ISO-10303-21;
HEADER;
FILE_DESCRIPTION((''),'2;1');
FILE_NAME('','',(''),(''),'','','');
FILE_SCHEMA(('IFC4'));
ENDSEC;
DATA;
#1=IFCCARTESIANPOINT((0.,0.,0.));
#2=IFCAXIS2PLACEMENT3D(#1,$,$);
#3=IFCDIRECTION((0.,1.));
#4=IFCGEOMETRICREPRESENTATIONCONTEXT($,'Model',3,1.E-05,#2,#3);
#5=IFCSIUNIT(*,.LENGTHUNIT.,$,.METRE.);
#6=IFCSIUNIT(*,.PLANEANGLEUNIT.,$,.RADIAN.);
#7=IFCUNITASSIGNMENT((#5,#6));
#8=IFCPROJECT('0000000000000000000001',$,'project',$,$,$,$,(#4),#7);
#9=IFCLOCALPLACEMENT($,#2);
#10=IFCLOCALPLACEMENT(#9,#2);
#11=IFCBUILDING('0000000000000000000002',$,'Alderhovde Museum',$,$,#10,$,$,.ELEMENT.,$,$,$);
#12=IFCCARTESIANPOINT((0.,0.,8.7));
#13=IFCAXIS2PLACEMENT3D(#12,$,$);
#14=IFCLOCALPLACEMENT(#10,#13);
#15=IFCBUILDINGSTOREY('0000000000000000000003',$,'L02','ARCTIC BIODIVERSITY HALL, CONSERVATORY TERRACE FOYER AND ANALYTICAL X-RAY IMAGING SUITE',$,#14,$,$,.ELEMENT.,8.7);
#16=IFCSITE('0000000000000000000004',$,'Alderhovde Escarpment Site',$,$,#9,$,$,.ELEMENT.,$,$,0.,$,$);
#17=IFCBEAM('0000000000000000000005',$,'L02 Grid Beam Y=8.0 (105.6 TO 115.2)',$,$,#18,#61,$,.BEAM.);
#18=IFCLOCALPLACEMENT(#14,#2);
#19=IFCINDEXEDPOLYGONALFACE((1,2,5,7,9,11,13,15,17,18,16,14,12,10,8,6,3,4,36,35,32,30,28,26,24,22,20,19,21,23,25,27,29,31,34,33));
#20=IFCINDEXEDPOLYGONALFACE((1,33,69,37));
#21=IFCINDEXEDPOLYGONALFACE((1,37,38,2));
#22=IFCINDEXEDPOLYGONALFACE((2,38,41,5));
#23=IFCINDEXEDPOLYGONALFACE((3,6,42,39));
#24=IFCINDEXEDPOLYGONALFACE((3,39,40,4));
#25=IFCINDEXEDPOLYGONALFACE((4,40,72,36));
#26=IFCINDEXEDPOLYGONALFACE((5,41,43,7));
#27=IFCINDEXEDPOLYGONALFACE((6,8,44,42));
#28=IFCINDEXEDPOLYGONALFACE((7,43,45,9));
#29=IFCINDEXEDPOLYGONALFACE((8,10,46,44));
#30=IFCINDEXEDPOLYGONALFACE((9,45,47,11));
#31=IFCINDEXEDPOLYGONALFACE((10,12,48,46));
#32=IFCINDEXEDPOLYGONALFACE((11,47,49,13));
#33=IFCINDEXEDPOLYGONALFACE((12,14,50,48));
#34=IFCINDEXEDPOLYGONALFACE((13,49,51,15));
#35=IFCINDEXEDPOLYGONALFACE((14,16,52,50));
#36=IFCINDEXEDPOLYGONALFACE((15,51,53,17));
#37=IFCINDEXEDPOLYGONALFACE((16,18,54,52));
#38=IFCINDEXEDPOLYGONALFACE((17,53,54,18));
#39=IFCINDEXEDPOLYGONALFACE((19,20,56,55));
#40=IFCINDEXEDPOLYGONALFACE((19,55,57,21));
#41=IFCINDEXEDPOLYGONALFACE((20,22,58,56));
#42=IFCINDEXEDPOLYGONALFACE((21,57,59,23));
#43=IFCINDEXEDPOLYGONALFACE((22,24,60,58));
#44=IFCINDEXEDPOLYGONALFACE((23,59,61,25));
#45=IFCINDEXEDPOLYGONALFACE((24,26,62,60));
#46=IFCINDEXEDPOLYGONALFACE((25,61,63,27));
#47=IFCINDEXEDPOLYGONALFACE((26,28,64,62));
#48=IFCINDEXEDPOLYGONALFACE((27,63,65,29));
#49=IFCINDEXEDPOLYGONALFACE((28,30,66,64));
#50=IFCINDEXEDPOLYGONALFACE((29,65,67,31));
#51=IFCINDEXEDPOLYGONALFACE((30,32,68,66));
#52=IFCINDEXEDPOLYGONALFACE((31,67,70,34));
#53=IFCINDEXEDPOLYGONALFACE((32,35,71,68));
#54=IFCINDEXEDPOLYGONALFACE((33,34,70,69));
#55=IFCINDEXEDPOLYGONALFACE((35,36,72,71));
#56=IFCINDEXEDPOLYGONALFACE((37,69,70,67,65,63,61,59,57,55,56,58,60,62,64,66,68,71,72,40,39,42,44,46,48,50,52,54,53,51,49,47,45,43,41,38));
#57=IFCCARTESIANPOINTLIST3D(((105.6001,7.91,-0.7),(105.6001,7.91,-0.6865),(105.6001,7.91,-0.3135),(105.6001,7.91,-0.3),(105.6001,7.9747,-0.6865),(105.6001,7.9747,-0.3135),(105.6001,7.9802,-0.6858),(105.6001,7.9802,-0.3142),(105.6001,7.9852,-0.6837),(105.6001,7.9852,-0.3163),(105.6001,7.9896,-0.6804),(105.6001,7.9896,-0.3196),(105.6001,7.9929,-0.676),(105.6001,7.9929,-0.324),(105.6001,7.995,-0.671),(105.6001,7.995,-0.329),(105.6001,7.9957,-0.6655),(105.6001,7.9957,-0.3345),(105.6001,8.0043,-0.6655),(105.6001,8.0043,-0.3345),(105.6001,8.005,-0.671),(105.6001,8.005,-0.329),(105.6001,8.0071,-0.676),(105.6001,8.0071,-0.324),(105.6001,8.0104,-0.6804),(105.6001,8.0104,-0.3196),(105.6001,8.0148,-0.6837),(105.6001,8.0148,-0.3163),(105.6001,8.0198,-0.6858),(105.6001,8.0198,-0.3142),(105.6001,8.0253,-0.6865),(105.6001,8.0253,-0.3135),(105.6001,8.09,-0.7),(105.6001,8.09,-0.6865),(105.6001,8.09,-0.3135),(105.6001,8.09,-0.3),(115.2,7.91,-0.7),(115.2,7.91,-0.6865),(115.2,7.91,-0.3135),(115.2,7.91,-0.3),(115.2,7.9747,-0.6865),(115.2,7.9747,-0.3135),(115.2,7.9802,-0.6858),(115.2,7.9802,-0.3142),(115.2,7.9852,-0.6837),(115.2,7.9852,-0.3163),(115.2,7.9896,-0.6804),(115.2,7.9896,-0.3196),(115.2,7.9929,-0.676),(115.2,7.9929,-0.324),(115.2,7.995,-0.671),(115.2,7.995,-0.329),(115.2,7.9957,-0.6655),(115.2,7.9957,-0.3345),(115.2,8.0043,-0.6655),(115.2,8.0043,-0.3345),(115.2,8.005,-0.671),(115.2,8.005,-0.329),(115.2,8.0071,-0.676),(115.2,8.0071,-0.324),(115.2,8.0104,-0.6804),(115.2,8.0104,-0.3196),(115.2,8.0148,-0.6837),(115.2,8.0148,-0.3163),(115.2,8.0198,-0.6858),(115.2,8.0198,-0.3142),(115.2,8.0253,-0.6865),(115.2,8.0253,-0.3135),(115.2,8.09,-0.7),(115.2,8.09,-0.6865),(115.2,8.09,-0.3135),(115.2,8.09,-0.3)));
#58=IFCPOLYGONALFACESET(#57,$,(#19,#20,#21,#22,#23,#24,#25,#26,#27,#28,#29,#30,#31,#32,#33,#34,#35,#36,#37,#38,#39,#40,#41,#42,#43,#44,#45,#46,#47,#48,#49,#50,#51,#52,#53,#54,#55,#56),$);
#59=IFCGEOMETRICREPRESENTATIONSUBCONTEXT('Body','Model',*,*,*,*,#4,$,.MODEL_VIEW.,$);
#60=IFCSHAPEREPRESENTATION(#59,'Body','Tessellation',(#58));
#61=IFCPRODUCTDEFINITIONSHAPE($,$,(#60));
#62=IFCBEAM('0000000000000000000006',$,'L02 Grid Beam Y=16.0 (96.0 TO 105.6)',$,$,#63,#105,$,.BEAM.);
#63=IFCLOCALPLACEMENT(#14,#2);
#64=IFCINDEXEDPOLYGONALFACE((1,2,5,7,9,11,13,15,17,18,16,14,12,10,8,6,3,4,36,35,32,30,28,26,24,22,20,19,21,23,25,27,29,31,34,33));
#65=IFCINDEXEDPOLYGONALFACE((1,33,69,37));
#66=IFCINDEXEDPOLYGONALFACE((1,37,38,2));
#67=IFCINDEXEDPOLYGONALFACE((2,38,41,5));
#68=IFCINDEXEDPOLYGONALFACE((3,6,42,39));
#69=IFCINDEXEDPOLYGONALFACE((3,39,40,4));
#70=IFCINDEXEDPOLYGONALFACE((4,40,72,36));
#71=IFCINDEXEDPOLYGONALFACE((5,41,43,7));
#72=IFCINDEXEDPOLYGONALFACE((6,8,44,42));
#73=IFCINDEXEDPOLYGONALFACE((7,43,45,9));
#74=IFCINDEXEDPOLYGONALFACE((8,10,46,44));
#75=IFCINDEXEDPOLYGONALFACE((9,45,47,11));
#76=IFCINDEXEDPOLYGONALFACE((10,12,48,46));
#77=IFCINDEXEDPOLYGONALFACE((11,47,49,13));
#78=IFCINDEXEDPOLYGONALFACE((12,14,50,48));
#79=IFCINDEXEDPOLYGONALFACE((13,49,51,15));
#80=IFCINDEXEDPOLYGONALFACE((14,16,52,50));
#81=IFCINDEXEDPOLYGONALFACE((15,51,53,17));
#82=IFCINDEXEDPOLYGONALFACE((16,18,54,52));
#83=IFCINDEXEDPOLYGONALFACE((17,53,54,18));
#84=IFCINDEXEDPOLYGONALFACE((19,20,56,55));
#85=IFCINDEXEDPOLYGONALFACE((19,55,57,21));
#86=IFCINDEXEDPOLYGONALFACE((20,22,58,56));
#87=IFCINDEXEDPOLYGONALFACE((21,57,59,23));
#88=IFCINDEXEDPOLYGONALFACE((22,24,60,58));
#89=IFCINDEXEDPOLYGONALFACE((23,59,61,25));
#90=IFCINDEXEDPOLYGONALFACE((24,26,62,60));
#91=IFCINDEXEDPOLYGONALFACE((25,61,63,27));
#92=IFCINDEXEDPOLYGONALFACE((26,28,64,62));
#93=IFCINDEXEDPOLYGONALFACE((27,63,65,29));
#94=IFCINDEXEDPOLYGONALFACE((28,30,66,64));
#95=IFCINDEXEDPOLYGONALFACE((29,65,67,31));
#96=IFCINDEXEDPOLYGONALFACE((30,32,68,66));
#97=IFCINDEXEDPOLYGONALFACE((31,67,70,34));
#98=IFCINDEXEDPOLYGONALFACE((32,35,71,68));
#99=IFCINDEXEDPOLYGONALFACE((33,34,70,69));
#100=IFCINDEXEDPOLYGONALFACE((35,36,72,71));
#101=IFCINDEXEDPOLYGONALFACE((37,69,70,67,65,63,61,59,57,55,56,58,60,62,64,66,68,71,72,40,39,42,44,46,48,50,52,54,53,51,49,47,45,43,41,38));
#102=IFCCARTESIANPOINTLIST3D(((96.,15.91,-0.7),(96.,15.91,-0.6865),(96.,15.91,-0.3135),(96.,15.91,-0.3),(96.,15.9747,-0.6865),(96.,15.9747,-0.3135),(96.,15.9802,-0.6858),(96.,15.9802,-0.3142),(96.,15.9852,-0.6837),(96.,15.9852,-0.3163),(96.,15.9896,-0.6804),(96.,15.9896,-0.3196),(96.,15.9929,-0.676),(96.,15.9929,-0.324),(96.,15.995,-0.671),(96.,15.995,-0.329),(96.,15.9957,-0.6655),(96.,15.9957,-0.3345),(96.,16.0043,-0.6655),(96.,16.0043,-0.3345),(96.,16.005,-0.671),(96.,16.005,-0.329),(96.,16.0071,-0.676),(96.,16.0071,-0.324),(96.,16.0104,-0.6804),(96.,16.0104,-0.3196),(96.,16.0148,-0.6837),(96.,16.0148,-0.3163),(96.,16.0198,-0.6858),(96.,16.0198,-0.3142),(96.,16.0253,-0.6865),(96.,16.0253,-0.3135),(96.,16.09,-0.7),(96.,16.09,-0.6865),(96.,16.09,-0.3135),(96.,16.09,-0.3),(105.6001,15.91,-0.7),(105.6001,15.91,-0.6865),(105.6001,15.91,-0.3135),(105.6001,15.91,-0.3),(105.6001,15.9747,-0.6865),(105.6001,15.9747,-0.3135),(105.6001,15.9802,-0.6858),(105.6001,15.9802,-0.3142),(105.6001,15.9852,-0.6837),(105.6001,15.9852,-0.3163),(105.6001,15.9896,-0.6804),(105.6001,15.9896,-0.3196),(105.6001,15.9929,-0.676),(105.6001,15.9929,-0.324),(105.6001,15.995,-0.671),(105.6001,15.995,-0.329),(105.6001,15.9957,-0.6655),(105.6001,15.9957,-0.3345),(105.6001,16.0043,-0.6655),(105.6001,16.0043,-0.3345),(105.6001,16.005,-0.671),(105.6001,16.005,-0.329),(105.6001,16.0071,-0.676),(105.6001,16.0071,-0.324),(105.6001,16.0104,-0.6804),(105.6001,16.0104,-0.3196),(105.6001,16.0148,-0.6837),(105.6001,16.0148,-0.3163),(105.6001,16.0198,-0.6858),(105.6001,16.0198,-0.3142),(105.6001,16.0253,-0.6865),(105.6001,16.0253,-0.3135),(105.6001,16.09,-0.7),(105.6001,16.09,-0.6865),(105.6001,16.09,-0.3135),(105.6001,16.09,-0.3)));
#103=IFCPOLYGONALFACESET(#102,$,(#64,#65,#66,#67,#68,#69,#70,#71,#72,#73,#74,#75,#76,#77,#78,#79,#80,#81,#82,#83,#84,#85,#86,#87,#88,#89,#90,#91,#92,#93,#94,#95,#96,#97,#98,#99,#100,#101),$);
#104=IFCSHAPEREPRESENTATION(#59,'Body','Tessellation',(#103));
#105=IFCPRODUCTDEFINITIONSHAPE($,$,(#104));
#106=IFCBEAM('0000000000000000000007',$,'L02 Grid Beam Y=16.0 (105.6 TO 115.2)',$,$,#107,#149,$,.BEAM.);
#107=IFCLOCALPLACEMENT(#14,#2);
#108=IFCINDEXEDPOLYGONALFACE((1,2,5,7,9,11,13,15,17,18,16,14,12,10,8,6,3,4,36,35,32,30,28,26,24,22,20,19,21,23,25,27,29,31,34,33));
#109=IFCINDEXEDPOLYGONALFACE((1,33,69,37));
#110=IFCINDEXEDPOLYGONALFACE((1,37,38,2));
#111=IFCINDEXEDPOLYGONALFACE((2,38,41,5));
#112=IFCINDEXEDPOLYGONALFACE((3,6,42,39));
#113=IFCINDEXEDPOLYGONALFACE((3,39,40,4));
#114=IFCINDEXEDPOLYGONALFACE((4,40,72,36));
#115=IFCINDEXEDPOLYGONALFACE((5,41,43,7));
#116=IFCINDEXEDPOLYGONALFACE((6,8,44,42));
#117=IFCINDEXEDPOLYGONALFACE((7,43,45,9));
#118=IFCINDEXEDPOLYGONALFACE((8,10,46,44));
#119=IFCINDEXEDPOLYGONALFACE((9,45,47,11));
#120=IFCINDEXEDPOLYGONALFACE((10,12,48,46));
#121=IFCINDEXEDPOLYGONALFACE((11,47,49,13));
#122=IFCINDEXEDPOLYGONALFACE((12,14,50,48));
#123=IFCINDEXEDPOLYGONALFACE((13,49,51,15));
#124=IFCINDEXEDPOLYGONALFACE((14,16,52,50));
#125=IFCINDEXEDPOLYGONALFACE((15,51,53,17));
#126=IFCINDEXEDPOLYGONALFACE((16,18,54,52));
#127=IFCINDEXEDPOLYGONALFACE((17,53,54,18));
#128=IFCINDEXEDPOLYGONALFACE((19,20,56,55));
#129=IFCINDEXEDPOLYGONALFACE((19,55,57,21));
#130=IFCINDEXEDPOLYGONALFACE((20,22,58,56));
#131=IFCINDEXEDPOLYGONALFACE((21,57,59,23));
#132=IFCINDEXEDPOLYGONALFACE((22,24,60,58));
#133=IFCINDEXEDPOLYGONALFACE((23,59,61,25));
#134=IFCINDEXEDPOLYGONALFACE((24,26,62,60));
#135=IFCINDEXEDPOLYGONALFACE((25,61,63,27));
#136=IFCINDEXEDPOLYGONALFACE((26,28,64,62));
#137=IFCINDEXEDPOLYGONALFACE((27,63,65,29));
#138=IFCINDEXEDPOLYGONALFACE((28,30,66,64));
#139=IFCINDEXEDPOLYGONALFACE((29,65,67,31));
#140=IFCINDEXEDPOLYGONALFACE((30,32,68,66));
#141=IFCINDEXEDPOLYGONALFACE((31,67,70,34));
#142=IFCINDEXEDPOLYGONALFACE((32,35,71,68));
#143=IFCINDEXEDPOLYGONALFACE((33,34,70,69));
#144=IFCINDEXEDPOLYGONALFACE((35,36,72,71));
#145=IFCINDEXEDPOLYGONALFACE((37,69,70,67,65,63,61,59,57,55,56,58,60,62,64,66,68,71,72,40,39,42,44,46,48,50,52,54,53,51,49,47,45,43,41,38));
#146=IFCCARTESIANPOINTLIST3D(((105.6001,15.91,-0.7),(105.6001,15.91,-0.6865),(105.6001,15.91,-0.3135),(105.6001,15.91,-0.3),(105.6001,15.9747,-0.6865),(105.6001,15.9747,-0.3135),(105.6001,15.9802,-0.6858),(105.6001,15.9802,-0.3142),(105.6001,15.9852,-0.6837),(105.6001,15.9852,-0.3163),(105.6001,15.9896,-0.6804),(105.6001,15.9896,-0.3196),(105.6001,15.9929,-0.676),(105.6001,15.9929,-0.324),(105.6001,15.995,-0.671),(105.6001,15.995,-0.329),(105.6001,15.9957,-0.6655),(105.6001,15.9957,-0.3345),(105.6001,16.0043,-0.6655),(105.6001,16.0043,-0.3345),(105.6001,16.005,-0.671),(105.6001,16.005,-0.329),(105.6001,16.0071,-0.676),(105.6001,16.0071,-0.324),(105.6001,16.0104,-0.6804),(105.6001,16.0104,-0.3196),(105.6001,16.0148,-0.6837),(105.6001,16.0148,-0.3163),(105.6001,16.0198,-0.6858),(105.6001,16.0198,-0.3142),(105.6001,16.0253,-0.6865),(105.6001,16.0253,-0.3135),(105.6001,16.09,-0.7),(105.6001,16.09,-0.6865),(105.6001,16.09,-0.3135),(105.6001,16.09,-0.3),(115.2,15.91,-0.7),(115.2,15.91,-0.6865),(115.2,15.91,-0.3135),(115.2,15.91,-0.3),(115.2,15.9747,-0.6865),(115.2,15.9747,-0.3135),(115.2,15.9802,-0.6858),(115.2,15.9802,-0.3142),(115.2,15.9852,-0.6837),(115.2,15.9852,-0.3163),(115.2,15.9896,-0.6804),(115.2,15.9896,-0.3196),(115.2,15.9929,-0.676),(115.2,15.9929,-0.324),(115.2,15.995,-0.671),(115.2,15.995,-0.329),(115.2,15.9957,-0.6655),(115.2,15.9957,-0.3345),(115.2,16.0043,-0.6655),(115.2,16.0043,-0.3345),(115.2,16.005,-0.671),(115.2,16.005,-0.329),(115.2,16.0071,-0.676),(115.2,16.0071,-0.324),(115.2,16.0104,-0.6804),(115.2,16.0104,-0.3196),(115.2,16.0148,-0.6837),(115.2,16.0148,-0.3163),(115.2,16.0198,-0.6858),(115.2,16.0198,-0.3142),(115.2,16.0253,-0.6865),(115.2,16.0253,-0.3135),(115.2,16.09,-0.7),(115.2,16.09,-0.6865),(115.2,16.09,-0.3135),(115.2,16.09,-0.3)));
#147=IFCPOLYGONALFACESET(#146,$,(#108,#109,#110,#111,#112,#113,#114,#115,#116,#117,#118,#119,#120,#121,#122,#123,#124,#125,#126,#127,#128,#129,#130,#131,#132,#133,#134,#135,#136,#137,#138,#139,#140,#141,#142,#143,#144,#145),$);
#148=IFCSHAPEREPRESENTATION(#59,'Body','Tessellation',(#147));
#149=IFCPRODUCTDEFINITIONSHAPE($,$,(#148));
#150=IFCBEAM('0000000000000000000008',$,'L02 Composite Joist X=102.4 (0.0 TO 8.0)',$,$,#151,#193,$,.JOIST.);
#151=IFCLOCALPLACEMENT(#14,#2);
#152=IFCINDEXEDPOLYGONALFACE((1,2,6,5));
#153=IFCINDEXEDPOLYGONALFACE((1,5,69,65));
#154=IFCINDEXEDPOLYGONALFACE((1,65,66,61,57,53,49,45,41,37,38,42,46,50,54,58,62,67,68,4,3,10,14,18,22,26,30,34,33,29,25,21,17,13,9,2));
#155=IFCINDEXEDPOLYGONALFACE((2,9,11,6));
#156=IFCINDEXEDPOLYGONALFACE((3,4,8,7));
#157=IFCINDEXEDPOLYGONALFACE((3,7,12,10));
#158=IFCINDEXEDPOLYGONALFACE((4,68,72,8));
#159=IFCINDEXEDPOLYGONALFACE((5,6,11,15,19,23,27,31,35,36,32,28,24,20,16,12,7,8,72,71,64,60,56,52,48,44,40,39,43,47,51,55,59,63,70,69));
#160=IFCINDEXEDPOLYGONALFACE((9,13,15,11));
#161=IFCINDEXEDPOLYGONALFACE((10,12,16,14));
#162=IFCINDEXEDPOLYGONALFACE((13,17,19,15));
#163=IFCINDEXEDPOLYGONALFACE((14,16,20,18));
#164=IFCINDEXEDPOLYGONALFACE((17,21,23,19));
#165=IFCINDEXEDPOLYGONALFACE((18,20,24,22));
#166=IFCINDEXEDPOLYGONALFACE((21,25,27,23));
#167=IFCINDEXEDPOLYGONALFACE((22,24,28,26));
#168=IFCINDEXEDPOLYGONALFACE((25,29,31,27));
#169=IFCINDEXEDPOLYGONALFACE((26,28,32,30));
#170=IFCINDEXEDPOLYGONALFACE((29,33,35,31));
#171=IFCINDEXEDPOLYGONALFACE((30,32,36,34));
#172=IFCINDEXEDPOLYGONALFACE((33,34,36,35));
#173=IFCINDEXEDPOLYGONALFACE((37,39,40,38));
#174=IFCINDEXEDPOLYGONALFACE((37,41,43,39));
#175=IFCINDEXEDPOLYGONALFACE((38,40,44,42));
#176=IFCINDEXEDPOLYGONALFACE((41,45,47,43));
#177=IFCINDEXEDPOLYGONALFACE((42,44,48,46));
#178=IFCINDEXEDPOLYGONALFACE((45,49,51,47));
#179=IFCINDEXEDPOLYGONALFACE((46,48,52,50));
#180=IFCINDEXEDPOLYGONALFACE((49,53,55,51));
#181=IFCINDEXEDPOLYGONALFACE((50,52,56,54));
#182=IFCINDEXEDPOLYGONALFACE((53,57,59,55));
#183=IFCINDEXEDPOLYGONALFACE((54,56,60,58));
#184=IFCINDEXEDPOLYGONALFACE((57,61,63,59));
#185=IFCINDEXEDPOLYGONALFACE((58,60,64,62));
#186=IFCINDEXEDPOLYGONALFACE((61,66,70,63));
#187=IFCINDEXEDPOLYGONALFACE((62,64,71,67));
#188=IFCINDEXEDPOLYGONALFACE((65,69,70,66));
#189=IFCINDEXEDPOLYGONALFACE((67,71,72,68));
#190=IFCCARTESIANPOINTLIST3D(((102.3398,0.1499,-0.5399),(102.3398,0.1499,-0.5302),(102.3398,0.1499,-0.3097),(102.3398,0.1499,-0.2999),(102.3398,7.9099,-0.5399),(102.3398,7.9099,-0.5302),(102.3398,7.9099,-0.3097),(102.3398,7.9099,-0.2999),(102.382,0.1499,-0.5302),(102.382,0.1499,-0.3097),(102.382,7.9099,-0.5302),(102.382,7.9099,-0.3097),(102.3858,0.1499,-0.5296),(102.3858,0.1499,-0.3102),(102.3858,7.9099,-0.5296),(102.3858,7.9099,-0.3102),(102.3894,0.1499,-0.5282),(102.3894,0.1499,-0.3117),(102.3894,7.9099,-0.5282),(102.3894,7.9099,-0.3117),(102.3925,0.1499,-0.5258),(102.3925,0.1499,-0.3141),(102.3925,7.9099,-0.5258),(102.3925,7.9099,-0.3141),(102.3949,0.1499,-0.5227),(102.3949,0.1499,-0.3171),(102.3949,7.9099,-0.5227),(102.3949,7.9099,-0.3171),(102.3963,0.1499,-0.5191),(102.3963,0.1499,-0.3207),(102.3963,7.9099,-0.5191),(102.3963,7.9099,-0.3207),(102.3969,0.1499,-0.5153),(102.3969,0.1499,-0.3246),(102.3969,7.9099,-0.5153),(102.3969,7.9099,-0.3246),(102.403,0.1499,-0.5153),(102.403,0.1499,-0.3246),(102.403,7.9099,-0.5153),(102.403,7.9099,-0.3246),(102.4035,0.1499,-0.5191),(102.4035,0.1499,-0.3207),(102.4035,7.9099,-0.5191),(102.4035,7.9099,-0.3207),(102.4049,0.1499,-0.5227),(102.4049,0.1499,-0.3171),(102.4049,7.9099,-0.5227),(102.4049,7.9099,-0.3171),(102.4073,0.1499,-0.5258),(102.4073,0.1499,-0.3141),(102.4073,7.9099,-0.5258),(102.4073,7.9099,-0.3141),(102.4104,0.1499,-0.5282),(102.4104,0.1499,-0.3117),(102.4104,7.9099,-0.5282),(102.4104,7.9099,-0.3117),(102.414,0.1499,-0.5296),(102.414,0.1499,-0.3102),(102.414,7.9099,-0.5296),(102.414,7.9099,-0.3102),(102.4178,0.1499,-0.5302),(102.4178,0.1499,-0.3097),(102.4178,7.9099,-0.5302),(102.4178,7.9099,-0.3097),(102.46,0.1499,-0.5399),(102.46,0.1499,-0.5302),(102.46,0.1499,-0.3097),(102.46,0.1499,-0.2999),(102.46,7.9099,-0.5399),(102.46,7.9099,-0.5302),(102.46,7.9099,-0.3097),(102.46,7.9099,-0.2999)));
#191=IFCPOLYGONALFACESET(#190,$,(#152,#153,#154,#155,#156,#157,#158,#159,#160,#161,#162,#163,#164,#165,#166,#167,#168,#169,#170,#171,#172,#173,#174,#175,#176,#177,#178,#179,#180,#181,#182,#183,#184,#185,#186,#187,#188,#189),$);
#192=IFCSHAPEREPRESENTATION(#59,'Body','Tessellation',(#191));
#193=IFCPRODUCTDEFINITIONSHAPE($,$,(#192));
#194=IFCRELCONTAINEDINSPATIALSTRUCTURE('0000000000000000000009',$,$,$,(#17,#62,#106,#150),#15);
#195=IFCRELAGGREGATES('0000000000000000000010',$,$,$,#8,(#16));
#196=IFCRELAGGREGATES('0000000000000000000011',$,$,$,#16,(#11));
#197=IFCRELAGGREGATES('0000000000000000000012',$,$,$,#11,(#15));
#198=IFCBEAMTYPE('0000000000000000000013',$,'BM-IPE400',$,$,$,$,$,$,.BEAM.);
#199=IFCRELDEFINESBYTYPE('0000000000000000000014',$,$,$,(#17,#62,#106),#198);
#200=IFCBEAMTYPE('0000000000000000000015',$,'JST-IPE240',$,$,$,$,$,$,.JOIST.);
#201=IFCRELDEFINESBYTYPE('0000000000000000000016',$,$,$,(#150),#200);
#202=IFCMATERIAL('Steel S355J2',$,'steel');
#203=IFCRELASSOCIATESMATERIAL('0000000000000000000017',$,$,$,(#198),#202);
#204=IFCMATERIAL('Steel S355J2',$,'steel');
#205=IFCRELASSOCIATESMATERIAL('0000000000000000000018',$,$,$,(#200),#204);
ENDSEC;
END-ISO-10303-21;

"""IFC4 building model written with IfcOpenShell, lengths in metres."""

from ifc_helpers import new_model, si_unit, direction, frame, origin, origin_2d, place, context, subcontext, project, spatial, i_section, extrude, material, material_profile, profile_set, type_object, element, save


model = new_model("IFC4")

# Units and contexts
model_context = context("Model", 3, precision=1e-05, world=origin(), true_north=direction((0.0, 1.0)))
body_context = subcontext(model_context, "Body", "Model", "MODEL_VIEW")
ifc_project = project(units=[si_unit("LENGTHUNIT", "METRE"), si_unit("PLANEANGLEUNIT", "RADIAN")], contexts=[model_context])

# Site, building, storey
site_placement = place(None, origin())
site = spatial("IfcSite", under=ifc_project, at=site_placement, Name="Alderhovde Escarpment Site", CompositionType="ELEMENT", RefElevation=0.0)
building_placement = place(site_placement, origin())
building = spatial("IfcBuilding", under=site, at=building_placement, Name="Alderhovde Museum", CompositionType="ELEMENT")
storey_placement = place(building_placement, frame((0.0, 0.0, 8.7)))
storey = spatial("IfcBuildingStorey", under=building, at=storey_placement, Name="L02", Description="ARCTIC BIODIVERSITY HALL, CONSERVATORY TERRACE FOYER AND ANALYTICAL X-RAY IMAGING SUITE", CompositionType="ELEMENT", Elevation=8.7)

# Beams
ifc_material_1 = material(Name="Steel S355J2", Category="steel")
ifc_material_profile_1 = material_profile(ifc_material_1, i_section(OverallWidth=0.1799, OverallDepth=0.3999, WebThickness=0.0085, FlangeThickness=0.0134, FilletRadius=0.021, at=origin_2d()), Name="IPE 400")
ifc_profile_set_1 = profile_set([ifc_material_profile_1], Name="Steel S355J2")
beam_type_1 = type_object("IfcBeamType", Name="BM-IPE400", PredefinedType="BEAM", material=ifc_profile_set_1)
beam_1_placement = place(storey_placement, frame((105.6001, 8.0, -0.5), z_axis=(1.0, 0.0, 0.0), x_axis=(0.0, 1.0, 0.0)))
element("IfcBeam", 1, at=beam_1_placement, inside=storey, type_object=beam_type_1, Name="L02 Grid Beam Y=8.0 (105.6 TO 115.2)", PredefinedType="BEAM", context=body_context, shape_type="SweptSolid", body=[
    extrude(i_section(OverallWidth=0.1799, OverallDepth=0.3999, WebThickness=0.0085, FlangeThickness=0.0134, FilletRadius=0.021, at=origin_2d()), origin(), (0.0, 0.0, 1.0), 9.5999),
])
beam_2_placement = place(storey_placement, frame((96.0, 16.0, -0.5), z_axis=(1.0, 0.0, 0.0), x_axis=(0.0, 1.0, 0.0)))
element("IfcBeam", 2, at=beam_2_placement, inside=storey, type_object=beam_type_1, Name="L02 Grid Beam Y=16.0 (96.0 TO 105.6)", PredefinedType="BEAM", context=body_context, shape_type="SweptSolid", body=[
    extrude(i_section(OverallWidth=0.1799, OverallDepth=0.3999, WebThickness=0.0085, FlangeThickness=0.0134, FilletRadius=0.021, at=origin_2d()), origin(), (0.0, 0.0, 1.0), 9.6001),
])
beam_3_placement = place(storey_placement, frame((105.6001, 16.0, -0.5), z_axis=(1.0, 0.0, 0.0), x_axis=(0.0, 1.0, 0.0)))
element("IfcBeam", 3, at=beam_3_placement, inside=storey, type_object=beam_type_1, Name="L02 Grid Beam Y=16.0 (105.6 TO 115.2)", PredefinedType="BEAM", context=body_context, shape_type="SweptSolid", body=[
    extrude(i_section(OverallWidth=0.1799, OverallDepth=0.3999, WebThickness=0.0085, FlangeThickness=0.0134, FilletRadius=0.021, at=origin_2d()), origin(), (0.0, 0.0, 1.0), 9.5999),
])
ifc_material_2 = material(Name="Steel S355J2", Category="steel")
ifc_material_profile_2 = material_profile(ifc_material_2, i_section(OverallWidth=0.1201, OverallDepth=0.24, WebThickness=0.0061, FlangeThickness=0.0098, FilletRadius=0.0149, at=origin_2d()), Name="IPE 240")
ifc_profile_set_2 = profile_set([ifc_material_profile_2], Name="Steel S355J2")
beam_type_2 = type_object("IfcBeamType", Name="JST-IPE240", PredefinedType="JOIST", material=ifc_profile_set_2)
beam_4_placement = place(storey_placement, frame((102.3999, 0.1499, -0.4199), z_axis=(0.0, 1.0, 0.0), x_axis=(-1.0, 0.0, 0.0)))
element("IfcBeam", 4, at=beam_4_placement, inside=storey, type_object=beam_type_2, Name="L02 Composite Joist X=102.4 (0.0 TO 8.0)", PredefinedType="JOIST", context=body_context, shape_type="SweptSolid", body=[
    extrude(i_section(OverallWidth=0.1201, OverallDepth=0.24, WebThickness=0.0061, FlangeThickness=0.0098, FilletRadius=0.0149, at=origin_2d()), origin(), (0.0, 0.0, 1.0), 7.76),
])

save(model, "model.ifc")
